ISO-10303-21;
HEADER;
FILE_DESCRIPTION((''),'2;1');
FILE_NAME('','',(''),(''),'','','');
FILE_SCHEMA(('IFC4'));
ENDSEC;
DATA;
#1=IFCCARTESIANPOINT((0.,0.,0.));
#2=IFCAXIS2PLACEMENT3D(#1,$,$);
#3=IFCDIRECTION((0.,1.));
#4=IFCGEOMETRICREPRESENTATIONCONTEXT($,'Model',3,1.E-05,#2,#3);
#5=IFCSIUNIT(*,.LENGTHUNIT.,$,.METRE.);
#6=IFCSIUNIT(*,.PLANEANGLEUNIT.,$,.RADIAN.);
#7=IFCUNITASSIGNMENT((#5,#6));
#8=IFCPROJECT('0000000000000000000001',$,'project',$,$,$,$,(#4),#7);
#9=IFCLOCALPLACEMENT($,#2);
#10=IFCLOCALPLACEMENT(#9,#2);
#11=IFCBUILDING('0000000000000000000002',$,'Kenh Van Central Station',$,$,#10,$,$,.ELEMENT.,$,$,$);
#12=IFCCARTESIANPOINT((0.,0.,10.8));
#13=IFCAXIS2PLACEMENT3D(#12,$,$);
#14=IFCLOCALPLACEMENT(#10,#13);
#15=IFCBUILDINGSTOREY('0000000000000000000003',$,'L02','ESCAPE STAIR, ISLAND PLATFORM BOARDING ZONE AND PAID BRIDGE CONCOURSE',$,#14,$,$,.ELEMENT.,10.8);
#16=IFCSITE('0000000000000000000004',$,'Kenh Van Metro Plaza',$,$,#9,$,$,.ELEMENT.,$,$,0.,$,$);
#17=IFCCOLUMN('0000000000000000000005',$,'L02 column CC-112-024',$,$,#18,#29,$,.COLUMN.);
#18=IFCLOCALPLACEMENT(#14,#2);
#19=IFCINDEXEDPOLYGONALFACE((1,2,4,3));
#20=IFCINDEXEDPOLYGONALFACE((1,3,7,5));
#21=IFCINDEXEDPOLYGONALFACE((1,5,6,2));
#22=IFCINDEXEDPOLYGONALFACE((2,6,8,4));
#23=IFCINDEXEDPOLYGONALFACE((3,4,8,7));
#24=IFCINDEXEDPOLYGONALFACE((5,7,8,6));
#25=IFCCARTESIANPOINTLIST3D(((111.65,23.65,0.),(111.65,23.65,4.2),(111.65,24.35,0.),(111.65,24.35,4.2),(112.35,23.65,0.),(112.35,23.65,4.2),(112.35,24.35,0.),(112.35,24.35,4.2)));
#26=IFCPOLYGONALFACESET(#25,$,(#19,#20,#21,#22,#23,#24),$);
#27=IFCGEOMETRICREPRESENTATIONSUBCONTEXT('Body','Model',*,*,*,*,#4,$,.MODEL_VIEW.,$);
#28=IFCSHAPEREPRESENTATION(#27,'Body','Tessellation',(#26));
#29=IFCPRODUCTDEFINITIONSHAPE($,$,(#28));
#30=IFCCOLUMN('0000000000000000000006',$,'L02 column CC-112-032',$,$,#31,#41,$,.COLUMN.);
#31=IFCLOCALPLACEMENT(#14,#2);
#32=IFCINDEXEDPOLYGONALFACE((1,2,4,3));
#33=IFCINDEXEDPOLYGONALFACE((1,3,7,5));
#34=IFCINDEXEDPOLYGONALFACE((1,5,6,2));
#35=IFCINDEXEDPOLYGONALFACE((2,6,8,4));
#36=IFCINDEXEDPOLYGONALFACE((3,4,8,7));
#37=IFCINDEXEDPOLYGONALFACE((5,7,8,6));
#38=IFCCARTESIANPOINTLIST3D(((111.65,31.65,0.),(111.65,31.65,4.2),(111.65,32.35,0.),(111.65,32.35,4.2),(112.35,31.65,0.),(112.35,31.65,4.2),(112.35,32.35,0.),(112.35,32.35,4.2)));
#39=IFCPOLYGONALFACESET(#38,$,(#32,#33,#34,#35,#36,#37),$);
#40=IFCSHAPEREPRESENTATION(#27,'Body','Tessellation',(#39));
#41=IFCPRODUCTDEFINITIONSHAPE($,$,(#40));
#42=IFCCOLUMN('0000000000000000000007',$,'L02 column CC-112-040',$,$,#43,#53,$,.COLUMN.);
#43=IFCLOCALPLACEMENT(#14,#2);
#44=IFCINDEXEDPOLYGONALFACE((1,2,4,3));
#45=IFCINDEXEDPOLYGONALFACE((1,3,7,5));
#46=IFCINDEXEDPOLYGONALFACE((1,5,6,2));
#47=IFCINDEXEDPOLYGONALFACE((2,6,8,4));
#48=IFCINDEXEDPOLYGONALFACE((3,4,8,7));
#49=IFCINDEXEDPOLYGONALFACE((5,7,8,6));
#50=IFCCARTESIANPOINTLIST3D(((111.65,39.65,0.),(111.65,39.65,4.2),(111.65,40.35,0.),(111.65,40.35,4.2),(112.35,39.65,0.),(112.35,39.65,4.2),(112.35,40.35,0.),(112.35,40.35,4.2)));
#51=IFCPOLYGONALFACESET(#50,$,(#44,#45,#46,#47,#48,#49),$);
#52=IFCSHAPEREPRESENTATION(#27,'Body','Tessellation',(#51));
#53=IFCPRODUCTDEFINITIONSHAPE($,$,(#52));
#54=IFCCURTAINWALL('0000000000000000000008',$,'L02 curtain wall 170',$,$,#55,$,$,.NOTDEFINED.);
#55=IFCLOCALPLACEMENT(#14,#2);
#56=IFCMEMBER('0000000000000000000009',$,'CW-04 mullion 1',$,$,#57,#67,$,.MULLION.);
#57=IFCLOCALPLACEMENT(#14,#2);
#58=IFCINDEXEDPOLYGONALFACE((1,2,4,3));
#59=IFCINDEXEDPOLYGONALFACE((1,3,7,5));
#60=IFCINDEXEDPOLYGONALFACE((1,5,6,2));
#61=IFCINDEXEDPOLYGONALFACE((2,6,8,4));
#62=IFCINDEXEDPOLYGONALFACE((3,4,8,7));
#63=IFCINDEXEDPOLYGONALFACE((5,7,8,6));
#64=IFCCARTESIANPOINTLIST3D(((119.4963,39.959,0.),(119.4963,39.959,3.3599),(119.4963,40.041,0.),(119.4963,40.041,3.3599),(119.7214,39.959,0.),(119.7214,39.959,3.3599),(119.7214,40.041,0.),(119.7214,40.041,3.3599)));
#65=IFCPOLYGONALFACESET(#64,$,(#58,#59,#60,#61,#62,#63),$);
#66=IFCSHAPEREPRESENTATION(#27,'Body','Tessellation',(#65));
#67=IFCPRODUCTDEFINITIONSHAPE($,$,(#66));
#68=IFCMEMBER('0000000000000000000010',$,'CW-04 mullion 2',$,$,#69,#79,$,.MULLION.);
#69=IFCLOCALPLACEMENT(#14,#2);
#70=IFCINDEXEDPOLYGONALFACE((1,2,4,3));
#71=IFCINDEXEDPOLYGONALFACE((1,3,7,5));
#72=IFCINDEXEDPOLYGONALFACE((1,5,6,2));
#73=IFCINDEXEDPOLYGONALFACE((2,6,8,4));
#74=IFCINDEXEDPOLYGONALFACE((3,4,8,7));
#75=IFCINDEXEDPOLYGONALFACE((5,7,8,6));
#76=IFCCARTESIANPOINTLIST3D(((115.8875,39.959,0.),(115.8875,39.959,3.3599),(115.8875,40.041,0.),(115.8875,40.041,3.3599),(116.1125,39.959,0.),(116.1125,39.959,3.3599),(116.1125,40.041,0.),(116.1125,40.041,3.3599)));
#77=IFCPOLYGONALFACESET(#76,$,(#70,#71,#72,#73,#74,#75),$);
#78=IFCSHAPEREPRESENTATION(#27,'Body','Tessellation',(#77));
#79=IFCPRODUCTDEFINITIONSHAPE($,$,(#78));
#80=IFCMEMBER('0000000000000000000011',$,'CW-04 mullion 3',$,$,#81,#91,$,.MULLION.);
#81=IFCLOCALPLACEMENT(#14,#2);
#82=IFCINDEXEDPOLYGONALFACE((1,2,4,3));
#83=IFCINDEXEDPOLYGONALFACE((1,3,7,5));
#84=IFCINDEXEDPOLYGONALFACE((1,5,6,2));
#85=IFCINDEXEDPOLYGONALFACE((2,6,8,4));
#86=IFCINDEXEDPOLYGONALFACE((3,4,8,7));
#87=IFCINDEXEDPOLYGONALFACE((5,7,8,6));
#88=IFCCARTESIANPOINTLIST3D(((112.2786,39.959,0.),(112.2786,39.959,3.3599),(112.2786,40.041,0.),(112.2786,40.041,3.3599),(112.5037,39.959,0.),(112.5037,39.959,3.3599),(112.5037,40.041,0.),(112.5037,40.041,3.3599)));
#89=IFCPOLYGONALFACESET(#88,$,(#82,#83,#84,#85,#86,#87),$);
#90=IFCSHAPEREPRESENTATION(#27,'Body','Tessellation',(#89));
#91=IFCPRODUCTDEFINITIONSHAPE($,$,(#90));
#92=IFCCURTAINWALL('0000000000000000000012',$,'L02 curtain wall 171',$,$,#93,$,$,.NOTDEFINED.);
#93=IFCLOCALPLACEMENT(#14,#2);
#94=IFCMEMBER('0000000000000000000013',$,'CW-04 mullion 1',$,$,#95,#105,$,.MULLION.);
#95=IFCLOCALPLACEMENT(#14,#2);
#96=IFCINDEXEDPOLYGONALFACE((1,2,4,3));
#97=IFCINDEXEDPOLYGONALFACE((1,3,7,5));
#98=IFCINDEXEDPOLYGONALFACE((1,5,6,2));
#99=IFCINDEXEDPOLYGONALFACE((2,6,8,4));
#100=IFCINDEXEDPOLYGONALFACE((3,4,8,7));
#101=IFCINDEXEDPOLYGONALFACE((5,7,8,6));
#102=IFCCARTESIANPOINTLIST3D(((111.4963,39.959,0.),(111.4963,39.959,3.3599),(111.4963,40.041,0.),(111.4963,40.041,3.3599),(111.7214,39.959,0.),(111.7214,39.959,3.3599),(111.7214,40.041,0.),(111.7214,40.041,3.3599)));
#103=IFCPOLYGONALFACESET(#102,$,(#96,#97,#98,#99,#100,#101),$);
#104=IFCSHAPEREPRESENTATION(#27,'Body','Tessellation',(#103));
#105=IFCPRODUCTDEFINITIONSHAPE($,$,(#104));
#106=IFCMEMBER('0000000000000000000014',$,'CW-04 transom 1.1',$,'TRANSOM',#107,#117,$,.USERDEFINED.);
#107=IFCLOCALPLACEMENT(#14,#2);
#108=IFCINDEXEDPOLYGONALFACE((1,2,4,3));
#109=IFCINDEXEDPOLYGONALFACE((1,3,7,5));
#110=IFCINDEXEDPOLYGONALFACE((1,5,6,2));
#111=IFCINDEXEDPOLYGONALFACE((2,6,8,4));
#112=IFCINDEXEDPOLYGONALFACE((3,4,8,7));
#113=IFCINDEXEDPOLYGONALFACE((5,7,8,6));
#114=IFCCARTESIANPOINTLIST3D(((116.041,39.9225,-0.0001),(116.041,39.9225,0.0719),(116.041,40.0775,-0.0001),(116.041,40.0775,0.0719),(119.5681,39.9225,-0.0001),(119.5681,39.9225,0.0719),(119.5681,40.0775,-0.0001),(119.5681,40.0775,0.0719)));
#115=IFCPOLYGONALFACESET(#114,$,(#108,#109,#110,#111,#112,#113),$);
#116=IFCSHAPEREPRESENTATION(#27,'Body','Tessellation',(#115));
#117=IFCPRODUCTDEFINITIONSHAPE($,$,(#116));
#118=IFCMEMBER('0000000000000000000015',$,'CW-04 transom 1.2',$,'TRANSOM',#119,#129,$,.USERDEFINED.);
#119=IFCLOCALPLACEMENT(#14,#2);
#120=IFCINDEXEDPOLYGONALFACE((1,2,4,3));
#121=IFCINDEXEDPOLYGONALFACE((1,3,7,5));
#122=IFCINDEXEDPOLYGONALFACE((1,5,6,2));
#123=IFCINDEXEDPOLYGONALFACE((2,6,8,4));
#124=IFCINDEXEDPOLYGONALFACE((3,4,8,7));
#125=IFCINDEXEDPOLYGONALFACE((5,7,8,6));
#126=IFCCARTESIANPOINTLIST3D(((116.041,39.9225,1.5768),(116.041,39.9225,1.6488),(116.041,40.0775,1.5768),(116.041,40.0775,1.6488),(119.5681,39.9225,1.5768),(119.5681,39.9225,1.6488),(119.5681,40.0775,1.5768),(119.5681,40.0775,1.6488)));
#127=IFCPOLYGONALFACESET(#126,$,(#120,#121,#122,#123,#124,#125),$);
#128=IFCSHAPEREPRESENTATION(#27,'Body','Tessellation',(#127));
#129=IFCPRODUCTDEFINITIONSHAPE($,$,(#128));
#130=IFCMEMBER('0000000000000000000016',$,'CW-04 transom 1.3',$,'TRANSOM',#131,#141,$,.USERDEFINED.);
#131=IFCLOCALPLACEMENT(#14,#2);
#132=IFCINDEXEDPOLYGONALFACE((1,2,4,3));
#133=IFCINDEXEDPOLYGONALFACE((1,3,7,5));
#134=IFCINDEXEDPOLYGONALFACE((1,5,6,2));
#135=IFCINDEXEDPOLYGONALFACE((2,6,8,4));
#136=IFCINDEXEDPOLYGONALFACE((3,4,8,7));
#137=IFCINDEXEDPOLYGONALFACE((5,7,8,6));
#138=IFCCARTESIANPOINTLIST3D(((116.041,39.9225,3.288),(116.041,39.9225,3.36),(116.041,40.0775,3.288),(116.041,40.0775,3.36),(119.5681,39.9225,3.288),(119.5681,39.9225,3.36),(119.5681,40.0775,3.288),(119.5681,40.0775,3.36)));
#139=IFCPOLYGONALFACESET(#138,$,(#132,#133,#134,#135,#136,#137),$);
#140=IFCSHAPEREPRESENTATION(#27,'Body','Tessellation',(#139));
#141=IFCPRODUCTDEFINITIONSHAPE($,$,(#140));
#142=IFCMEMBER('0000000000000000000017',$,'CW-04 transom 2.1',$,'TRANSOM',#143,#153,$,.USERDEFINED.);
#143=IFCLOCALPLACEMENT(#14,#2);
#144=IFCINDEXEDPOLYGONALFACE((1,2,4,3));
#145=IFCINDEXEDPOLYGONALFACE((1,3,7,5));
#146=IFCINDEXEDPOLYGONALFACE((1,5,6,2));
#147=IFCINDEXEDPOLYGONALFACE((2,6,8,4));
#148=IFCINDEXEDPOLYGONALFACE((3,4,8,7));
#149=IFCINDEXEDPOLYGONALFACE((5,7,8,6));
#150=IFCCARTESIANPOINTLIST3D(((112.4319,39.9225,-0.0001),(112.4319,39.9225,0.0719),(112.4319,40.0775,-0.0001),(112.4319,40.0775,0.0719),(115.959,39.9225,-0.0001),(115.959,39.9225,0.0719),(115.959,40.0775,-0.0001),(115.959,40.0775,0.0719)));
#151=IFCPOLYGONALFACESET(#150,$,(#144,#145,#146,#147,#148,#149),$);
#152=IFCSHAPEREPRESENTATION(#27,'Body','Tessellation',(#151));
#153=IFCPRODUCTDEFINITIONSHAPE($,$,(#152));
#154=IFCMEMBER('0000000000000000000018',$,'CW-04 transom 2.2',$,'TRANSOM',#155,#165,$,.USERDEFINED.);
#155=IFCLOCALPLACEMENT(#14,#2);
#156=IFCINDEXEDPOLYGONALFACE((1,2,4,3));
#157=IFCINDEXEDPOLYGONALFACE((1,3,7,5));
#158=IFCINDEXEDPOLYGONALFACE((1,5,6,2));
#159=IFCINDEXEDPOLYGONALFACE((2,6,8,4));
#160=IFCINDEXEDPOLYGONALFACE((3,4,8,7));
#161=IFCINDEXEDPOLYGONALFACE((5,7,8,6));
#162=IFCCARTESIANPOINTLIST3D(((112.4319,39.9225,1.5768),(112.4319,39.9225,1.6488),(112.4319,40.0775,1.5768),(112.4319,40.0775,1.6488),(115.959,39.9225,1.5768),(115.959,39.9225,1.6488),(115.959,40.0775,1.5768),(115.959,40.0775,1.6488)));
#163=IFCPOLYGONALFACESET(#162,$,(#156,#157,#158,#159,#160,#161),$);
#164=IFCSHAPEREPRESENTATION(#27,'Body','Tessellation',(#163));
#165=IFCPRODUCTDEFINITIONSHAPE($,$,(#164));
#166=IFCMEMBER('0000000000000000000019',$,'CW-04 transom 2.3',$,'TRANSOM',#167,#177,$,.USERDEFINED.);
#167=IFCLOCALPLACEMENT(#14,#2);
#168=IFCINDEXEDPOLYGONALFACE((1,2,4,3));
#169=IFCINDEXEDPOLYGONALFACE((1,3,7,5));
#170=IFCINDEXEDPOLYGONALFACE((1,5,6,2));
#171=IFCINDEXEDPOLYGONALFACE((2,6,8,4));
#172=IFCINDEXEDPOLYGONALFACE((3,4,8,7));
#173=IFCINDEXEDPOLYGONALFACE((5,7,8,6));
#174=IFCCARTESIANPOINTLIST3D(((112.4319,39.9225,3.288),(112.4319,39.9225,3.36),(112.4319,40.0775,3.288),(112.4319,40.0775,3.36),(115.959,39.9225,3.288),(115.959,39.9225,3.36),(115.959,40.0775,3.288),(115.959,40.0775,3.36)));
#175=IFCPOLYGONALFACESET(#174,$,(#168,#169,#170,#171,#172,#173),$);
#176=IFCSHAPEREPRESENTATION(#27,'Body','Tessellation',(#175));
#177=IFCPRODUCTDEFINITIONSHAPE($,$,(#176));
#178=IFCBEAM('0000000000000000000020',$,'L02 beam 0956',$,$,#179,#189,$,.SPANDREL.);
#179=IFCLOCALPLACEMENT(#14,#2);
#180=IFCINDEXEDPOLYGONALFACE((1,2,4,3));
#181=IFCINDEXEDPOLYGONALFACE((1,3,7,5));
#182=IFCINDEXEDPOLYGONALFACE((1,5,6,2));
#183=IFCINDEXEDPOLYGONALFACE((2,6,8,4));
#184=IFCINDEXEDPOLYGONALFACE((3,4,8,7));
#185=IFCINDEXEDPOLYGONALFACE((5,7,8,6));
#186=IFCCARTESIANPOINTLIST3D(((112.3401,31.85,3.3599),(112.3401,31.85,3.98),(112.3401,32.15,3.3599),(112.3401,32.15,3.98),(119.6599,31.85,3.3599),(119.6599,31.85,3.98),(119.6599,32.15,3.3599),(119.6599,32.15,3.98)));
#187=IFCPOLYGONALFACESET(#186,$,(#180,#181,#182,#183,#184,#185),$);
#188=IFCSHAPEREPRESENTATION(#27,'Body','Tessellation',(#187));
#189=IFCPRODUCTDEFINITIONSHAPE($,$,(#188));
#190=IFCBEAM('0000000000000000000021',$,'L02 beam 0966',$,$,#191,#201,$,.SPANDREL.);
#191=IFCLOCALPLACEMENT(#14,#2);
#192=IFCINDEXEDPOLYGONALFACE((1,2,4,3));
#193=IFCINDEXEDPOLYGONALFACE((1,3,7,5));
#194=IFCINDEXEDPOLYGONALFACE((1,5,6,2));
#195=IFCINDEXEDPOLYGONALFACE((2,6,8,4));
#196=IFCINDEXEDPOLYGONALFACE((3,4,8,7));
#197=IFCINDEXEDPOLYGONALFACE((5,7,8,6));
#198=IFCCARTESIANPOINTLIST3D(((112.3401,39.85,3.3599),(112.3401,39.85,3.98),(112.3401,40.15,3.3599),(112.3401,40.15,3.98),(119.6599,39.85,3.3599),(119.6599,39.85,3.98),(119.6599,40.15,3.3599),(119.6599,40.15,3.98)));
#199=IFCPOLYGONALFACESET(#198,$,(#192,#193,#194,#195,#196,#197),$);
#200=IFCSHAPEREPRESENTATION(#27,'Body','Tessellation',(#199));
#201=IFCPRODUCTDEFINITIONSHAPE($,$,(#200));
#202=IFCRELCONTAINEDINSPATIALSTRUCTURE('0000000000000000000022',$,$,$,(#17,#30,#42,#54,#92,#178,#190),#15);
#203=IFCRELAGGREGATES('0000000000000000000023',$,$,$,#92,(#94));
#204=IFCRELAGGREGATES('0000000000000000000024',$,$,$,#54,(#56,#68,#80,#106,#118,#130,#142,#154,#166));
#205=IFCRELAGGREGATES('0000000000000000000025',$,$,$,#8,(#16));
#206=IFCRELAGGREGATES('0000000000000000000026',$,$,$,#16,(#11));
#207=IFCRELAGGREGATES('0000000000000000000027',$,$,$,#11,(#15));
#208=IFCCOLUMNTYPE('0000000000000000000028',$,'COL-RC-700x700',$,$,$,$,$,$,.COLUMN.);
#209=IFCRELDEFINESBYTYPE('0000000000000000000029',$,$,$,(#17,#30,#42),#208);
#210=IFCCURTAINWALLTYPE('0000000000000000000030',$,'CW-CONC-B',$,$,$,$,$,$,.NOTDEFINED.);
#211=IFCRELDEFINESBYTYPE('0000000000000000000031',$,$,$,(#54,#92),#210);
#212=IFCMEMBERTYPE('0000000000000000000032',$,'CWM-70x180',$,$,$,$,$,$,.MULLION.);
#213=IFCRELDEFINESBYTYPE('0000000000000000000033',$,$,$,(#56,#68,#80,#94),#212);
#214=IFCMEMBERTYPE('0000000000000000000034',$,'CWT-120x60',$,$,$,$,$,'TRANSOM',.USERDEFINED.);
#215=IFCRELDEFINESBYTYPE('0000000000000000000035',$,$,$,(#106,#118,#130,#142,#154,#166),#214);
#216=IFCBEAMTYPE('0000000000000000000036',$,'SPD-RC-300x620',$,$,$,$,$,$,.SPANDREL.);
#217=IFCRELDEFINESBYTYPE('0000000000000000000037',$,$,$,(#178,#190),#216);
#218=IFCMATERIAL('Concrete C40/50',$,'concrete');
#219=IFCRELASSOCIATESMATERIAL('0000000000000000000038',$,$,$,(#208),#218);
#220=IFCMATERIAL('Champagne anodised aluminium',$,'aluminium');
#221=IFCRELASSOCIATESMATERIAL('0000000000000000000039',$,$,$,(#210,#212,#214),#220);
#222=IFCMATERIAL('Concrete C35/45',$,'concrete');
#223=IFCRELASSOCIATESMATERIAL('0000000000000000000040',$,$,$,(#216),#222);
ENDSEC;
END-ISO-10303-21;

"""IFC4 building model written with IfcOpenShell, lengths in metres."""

from ifc_helpers import new_model, si_unit, direction, frame, origin, origin_2d, place, context, subcontext, project, spatial, rectangle, extrude, material, material_profile, profile_set, type_object, element, aggregate, save


model = new_model("IFC4")

# Units and contexts
model_context = context("Model", 3, precision=1e-05, world=origin(), true_north=direction((0.0, 1.0)))
body_context = subcontext(model_context, "Body", "Model", "MODEL_VIEW")
ifc_project = project(units=[si_unit("LENGTHUNIT", "METRE"), si_unit("PLANEANGLEUNIT", "RADIAN")], contexts=[model_context])

# Site, building, storey
site_placement = place(None, origin())
site = spatial("IfcSite", under=ifc_project, at=site_placement, Name="Kenh Van Metro Plaza", CompositionType="ELEMENT", RefElevation=0.0)
building_placement = place(site_placement, origin())
building = spatial("IfcBuilding", under=site, at=building_placement, Name="Kenh Van Central Station", CompositionType="ELEMENT")
storey_placement = place(building_placement, frame((0.0, 0.0, 10.8)))
storey = spatial("IfcBuildingStorey", under=building, at=storey_placement, Name="L02", Description="ESCAPE STAIR, ISLAND PLATFORM BOARDING ZONE AND PAID BRIDGE CONCOURSE", CompositionType="ELEMENT", Elevation=10.8)

# Columns
ifc_material_1 = material(Name="Concrete C40/50", Category="concrete")
ifc_material_profile_1 = material_profile(ifc_material_1, rectangle(XDim=0.7, YDim=0.7, at=origin_2d()), Name="RC 700x700")
ifc_profile_set_1 = profile_set([ifc_material_profile_1], Name="Concrete C40/50")
column_type = type_object("IfcColumnType", Name="COL-RC-700x700", PredefinedType="COLUMN", material=ifc_profile_set_1)
for number, where, z_axis, x_axis, name in (
    (1, (112.0, 24.0, 0.0), (0.0, 0.0, 1.0), (1.0, 0.0, 0.0), "L02 column CC-112-024"),
    (2, (112.0, 32.0, 0.0), (0.0, 0.0, 1.0), (1.0, 0.0, 0.0), "L02 column CC-112-032"),
    (3, (112.0, 40.0, 0.0), (0.0, 0.0, 1.0), (1.0, 0.0, 0.0), "L02 column CC-112-040"),
):
    element("IfcColumn", number, at=place(storey_placement, frame(where, z_axis=z_axis, x_axis=x_axis)), inside=storey, type_object=column_type, Name=name, PredefinedType="COLUMN", context=body_context, shape_type="SweptSolid", body=[
        extrude(rectangle(XDim=0.7, YDim=0.7, at=origin_2d()), origin(), (0.0, 0.0, 1.0), 4.2),
    ])

# Curtain wall, members
ifc_material_2 = material(Name="Champagne anodised aluminium", Category="aluminium")
curtain_wall_type = type_object("IfcCurtainWallType", Name="CW-CONC-B", PredefinedType="NOTDEFINED", material=ifc_material_2)
curtain_wall_1_placement = place(storey_placement, origin())
curtain_wall_1 = element("IfcCurtainWall", 4, at=curtain_wall_1_placement, inside=storey, type_object=curtain_wall_type, Name="L02 curtain wall 170", PredefinedType="NOTDEFINED")
ifc_material_profile_2 = material_profile(ifc_material_2, rectangle(XDim=0.082, YDim=0.2251, at=origin_2d()), Name="AL 82x225")
ifc_profile_set_2 = profile_set([ifc_material_profile_2], Name="Champagne anodised aluminium")
member_type_1 = type_object("IfcMemberType", Name="CWM-70x180", PredefinedType="MULLION", material=ifc_profile_set_2)
member_1_placement = place(storey_placement, frame((119.6089, 40.0, 0.0), z_axis=(0.0, 0.0, 1.0), x_axis=(0.0, -1.0, 0.0)))
member_1 = element("IfcMember", 5, at=member_1_placement, type_object=member_type_1, Name="CW-04 mullion 1", PredefinedType="MULLION", context=body_context, shape_type="SweptSolid", body=[
    extrude(rectangle(XDim=0.082, YDim=0.2251, at=origin_2d()), origin(), (0.0, 0.0, 1.0), 3.3599),
])
member_2_placement = place(storey_placement, frame((116.0, 40.0, 0.0), z_axis=(0.0, 0.0, 1.0), x_axis=(0.0, -1.0, 0.0)))
member_2 = element("IfcMember", 6, at=member_2_placement, type_object=member_type_1, Name="CW-04 mullion 2", PredefinedType="MULLION", context=body_context, shape_type="SweptSolid", body=[
    extrude(rectangle(XDim=0.082, YDim=0.2251, at=origin_2d()), origin(), (0.0, 0.0, 1.0), 3.3599),
])
member_3_placement = place(storey_placement, frame((112.3911, 40.0, 0.0), z_axis=(0.0, 0.0, 1.0), x_axis=(0.0, -1.0, 0.0)))
member_3 = element("IfcMember", 7, at=member_3_placement, type_object=member_type_1, Name="CW-04 mullion 3", PredefinedType="MULLION", context=body_context, shape_type="SweptSolid", body=[
    extrude(rectangle(XDim=0.082, YDim=0.2251, at=origin_2d()), origin(), (0.0, 0.0, 1.0), 3.3599),
])

# Curtain wall, member
curtain_wall_2_placement = place(storey_placement, origin())
curtain_wall_2 = element("IfcCurtainWall", 8, at=curtain_wall_2_placement, inside=storey, type_object=curtain_wall_type, Name="L02 curtain wall 171", PredefinedType="NOTDEFINED")
member_4_placement = place(storey_placement, frame((111.6089, 40.0, 0.0), z_axis=(0.0, 0.0, 1.0), x_axis=(0.0, -1.0, 0.0)))
member_4 = element("IfcMember", 9, at=member_4_placement, type_object=member_type_1, Name="CW-04 mullion 1", PredefinedType="MULLION", context=body_context, shape_type="SweptSolid", body=[
    extrude(rectangle(XDim=0.082, YDim=0.2251, at=origin_2d()), origin(), (0.0, 0.0, 1.0), 3.3599),
])
aggregate(curtain_wall_2, [member_4])

# Members
ifc_material_profile_3 = material_profile(ifc_material_2, rectangle(XDim=0.155, YDim=0.072, at=origin_2d()), Name="AL 155x72")
ifc_profile_set_3 = profile_set([ifc_material_profile_3], Name="Champagne anodised aluminium")
member_type_2 = type_object("IfcMemberType", Name="CWT-120x60", ElementType="TRANSOM", PredefinedType="USERDEFINED", material=ifc_profile_set_3)
member_5_placement = place(storey_placement, frame((119.5681, 40.0, 0.0359), z_axis=(-1.0, 0.0, 0.0), x_axis=(0.0, -1.0, 0.0)))
member_5 = element("IfcMember", 10, at=member_5_placement, type_object=member_type_2, Name="CW-04 transom 1.1", ObjectType="TRANSOM", PredefinedType="USERDEFINED", context=body_context, shape_type="SweptSolid", body=[
    extrude(rectangle(XDim=0.155, YDim=0.072, at=origin_2d()), origin(), (0.0, 0.0, 1.0), 3.5271),
])
member_6_placement = place(storey_placement, frame((119.5681, 40.0, 1.6128), z_axis=(-1.0, 0.0, 0.0), x_axis=(0.0, -1.0, 0.0)))
member_6 = element("IfcMember", 11, at=member_6_placement, type_object=member_type_2, Name="CW-04 transom 1.2", ObjectType="TRANSOM", PredefinedType="USERDEFINED", context=body_context, shape_type="SweptSolid", body=[
    extrude(rectangle(XDim=0.155, YDim=0.072, at=origin_2d()), origin(), (0.0, 0.0, 1.0), 3.5271),
])
member_7_placement = place(storey_placement, frame((119.5681, 40.0, 3.324), z_axis=(-1.0, 0.0, 0.0), x_axis=(0.0, -1.0, 0.0)))
member_7 = element("IfcMember", 12, at=member_7_placement, type_object=member_type_2, Name="CW-04 transom 1.3", ObjectType="TRANSOM", PredefinedType="USERDEFINED", context=body_context, shape_type="SweptSolid", body=[
    extrude(rectangle(XDim=0.155, YDim=0.072, at=origin_2d()), origin(), (0.0, 0.0, 1.0), 3.5271),
])
member_8_placement = place(storey_placement, frame((115.959, 40.0, 0.0359), z_axis=(-1.0, 0.0, 0.0), x_axis=(0.0, -1.0, 0.0)))
member_8 = element("IfcMember", 13, at=member_8_placement, type_object=member_type_2, Name="CW-04 transom 2.1", ObjectType="TRANSOM", PredefinedType="USERDEFINED", context=body_context, shape_type="SweptSolid", body=[
    extrude(rectangle(XDim=0.155, YDim=0.072, at=origin_2d()), origin(), (0.0, 0.0, 1.0), 3.5271),
])
member_9_placement = place(storey_placement, frame((115.959, 40.0, 1.6128), z_axis=(-1.0, 0.0, 0.0), x_axis=(0.0, -1.0, 0.0)))
member_9 = element("IfcMember", 14, at=member_9_placement, type_object=member_type_2, Name="CW-04 transom 2.2", ObjectType="TRANSOM", PredefinedType="USERDEFINED", context=body_context, shape_type="SweptSolid", body=[
    extrude(rectangle(XDim=0.155, YDim=0.072, at=origin_2d()), origin(), (0.0, 0.0, 1.0), 3.5271),
])
member_10_placement = place(storey_placement, frame((115.959, 40.0, 3.324), z_axis=(-1.0, 0.0, 0.0), x_axis=(0.0, -1.0, 0.0)))
member_10 = element("IfcMember", 15, at=member_10_placement, type_object=member_type_2, Name="CW-04 transom 2.3", ObjectType="TRANSOM", PredefinedType="USERDEFINED", context=body_context, shape_type="SweptSolid", body=[
    extrude(rectangle(XDim=0.155, YDim=0.072, at=origin_2d()), origin(), (0.0, 0.0, 1.0), 3.5271),
])

# Beams
ifc_material_3 = material(Name="Concrete C35/45", Category="concrete")
ifc_material_profile_4 = material_profile(ifc_material_3, rectangle(XDim=0.3, YDim=0.6201, at=origin_2d()), Name="RC 300x620")
ifc_profile_set_4 = profile_set([ifc_material_profile_4], Name="Concrete C35/45")
beam_type = type_object("IfcBeamType", Name="SPD-RC-300x620", PredefinedType="SPANDREL", material=ifc_profile_set_4)
for number, where, z_axis, x_axis, name in (
    (16, (112.3401, 32.0, 3.6699), (1.0, 0.0, 0.0), (0.0, 1.0, 0.0), "L02 beam 0956"),
    (17, (112.3401, 40.0, 3.6699), (1.0, 0.0, 0.0), (0.0, 1.0, 0.0), "L02 beam 0966"),
):
    element("IfcBeam", number, at=place(storey_placement, frame(where, z_axis=z_axis, x_axis=x_axis)), inside=storey, type_object=beam_type, Name=name, PredefinedType="SPANDREL", context=body_context, shape_type="SweptSolid", body=[
        extrude(rectangle(XDim=0.3, YDim=0.6201, at=origin_2d()), origin(), (0.0, 0.0, 1.0), 7.3198),
    ])

aggregate(curtain_wall_1, [member_1, member_2, member_3, member_5, member_6, member_7, member_8, member_9, member_10])

save(model, "model.ifc")
